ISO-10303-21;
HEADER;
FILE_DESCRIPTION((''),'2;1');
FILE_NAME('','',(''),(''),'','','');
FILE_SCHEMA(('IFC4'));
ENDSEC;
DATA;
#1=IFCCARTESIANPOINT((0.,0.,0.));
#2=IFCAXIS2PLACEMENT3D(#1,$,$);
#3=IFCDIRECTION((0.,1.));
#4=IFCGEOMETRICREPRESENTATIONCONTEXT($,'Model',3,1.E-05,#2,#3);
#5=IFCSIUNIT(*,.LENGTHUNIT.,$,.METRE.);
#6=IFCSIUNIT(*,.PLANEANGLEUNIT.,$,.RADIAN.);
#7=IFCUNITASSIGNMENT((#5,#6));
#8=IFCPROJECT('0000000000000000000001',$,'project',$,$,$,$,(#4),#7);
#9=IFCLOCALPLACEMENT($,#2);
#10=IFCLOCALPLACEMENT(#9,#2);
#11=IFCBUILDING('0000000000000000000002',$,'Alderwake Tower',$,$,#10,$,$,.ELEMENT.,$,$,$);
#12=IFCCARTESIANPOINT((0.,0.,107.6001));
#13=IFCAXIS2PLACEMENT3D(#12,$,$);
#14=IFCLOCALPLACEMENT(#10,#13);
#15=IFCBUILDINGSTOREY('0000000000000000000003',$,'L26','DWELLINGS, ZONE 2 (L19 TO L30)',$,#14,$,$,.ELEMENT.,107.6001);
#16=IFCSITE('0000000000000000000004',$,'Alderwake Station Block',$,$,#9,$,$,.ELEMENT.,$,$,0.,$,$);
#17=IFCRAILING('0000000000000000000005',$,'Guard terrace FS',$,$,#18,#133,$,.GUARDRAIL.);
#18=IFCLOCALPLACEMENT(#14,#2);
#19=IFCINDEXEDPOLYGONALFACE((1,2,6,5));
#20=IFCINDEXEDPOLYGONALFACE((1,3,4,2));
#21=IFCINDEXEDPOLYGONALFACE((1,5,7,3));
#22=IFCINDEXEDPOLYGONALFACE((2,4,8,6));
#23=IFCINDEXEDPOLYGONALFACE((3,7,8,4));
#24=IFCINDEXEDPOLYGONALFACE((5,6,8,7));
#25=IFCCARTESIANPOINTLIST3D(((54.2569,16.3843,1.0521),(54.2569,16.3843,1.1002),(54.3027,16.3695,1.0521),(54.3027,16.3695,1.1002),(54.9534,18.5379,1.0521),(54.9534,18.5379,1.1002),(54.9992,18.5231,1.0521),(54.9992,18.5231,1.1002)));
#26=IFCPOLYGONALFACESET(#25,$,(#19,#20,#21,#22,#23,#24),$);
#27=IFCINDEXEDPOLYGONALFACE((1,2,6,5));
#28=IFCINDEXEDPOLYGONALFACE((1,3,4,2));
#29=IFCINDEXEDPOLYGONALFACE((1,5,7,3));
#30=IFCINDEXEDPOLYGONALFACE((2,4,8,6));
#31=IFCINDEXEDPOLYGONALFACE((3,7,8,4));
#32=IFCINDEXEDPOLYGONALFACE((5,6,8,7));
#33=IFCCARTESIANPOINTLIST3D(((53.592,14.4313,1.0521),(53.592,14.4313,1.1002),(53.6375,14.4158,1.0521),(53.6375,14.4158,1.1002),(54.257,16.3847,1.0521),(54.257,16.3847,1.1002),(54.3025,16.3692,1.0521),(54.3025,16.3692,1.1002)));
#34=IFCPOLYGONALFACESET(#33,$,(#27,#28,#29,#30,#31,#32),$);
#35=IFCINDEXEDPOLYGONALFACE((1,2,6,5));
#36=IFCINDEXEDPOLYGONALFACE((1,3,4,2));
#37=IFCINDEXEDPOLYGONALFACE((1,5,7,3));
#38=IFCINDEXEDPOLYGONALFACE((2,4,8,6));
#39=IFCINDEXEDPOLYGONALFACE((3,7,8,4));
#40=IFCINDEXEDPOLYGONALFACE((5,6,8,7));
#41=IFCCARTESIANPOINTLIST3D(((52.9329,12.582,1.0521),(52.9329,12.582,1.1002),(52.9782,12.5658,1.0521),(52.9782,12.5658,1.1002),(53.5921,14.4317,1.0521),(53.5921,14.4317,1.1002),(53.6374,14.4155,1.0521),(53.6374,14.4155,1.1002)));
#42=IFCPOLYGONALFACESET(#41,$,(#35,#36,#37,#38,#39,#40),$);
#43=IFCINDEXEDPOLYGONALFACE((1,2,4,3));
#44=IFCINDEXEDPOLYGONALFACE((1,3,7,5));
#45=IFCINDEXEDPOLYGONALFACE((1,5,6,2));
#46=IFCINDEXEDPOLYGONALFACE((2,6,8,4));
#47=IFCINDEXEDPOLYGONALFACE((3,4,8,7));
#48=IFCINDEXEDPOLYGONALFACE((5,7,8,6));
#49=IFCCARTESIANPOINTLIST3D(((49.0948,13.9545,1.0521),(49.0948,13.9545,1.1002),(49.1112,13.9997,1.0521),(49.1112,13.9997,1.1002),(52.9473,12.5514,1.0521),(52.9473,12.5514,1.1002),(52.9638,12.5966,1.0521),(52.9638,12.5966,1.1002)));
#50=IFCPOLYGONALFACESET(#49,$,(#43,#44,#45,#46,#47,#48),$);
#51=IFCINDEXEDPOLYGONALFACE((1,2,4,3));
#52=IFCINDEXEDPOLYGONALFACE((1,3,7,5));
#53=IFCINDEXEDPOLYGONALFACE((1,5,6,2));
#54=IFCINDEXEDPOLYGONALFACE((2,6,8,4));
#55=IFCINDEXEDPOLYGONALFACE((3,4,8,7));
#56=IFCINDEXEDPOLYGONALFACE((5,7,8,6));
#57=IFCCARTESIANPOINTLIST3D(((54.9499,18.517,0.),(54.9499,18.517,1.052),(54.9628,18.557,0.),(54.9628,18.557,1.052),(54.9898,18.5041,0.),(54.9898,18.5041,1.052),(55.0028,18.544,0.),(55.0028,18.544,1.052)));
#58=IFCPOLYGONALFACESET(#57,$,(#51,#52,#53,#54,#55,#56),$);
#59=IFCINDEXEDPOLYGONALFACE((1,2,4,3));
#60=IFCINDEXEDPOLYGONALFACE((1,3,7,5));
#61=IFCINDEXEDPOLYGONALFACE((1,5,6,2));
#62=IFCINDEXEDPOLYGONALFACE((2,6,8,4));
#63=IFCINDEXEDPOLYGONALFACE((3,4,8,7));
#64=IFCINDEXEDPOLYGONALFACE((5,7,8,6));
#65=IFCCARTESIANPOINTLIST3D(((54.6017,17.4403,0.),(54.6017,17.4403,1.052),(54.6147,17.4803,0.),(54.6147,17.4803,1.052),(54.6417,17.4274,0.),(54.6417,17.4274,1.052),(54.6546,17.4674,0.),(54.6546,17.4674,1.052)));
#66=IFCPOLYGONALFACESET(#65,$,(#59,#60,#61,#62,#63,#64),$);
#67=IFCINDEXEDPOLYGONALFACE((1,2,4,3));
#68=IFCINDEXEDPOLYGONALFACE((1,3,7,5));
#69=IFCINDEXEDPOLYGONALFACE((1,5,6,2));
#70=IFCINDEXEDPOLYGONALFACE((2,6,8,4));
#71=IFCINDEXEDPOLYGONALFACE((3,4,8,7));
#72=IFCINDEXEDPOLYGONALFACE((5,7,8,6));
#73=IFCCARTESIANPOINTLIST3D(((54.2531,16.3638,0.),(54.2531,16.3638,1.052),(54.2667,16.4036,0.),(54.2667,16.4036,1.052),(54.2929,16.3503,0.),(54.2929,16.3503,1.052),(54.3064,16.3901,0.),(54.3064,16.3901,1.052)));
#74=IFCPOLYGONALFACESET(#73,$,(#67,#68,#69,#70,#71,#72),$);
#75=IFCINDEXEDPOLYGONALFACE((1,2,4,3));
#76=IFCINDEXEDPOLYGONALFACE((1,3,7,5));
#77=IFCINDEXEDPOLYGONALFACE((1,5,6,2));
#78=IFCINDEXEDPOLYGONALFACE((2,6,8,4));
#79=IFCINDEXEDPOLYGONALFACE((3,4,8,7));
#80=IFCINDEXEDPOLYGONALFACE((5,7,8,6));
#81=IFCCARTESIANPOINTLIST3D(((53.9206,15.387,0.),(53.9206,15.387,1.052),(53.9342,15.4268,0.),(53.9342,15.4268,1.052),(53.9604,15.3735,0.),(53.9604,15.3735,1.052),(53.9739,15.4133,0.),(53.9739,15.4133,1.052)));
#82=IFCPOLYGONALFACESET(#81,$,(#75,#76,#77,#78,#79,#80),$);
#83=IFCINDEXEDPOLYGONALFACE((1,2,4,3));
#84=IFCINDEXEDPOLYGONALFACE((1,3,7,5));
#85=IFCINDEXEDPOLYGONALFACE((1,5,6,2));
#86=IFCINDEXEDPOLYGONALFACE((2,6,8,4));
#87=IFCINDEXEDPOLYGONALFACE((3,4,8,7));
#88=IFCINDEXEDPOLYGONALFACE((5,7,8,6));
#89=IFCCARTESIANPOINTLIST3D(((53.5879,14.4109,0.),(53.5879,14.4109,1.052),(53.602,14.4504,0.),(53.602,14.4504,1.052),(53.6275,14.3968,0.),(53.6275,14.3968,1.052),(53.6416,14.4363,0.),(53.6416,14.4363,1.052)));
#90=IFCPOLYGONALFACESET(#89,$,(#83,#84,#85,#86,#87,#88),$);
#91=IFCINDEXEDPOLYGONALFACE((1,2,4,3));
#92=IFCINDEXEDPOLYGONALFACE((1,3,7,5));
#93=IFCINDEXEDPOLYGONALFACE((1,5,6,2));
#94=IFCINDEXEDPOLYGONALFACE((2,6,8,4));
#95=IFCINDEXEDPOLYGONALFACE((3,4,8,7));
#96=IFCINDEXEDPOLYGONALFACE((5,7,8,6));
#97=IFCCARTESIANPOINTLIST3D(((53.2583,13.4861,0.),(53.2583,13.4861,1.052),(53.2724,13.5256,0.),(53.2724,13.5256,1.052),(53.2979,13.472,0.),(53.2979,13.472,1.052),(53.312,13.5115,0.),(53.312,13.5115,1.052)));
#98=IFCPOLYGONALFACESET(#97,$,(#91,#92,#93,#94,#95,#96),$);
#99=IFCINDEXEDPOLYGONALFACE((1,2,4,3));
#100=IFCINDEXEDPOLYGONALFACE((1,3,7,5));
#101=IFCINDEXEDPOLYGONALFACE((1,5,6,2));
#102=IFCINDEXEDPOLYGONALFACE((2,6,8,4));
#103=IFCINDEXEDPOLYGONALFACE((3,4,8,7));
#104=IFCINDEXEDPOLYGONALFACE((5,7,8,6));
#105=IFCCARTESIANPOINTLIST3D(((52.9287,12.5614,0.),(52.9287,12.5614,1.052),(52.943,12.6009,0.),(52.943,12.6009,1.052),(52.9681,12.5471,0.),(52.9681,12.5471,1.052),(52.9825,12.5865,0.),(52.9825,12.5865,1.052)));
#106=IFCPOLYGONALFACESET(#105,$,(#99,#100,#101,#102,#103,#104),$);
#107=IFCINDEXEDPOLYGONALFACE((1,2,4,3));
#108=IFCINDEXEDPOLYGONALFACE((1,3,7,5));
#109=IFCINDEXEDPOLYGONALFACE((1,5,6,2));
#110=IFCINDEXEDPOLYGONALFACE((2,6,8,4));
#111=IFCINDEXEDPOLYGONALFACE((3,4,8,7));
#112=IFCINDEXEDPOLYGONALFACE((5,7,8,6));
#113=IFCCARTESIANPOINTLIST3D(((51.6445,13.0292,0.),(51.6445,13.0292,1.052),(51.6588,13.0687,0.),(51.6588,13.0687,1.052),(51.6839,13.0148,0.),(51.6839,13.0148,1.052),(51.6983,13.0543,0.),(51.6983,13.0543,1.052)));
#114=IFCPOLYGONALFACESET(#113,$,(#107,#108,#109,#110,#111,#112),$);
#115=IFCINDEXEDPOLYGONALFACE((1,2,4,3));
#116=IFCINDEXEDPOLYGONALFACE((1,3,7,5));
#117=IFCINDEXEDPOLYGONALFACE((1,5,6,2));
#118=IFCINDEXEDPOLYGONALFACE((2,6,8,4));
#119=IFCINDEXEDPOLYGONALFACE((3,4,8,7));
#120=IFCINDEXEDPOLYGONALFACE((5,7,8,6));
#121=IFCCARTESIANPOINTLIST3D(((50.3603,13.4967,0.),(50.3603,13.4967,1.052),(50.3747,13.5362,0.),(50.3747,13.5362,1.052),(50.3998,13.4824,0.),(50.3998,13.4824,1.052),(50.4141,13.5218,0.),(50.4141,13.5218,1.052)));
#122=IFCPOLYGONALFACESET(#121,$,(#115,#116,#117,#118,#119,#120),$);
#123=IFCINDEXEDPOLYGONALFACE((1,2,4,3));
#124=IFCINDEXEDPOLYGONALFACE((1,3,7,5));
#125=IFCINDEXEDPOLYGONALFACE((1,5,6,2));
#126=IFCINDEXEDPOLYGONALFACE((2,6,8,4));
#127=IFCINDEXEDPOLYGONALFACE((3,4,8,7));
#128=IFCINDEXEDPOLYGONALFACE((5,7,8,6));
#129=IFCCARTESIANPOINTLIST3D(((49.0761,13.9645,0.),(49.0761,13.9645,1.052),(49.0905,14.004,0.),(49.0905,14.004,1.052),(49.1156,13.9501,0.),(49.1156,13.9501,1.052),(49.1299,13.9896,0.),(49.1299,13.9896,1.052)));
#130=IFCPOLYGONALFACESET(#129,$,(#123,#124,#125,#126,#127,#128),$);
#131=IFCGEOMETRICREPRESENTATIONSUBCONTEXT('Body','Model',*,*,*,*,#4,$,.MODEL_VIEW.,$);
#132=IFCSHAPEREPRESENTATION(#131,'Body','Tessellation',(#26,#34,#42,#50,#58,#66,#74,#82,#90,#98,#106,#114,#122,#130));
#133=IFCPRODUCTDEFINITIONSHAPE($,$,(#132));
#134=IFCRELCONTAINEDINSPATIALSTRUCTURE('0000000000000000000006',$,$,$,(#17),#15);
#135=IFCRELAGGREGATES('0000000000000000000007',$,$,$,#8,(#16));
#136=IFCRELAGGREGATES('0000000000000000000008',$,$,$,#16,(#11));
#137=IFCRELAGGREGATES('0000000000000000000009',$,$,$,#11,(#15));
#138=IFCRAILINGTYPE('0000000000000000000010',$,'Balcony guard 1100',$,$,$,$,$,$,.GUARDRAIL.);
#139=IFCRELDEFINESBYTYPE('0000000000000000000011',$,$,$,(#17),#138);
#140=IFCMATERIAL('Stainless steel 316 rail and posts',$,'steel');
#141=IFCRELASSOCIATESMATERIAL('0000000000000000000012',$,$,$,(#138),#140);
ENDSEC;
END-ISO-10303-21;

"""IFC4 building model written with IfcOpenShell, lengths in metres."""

from ifc_helpers import new_model, si_unit, direction, frame, origin, origin_2d, place, context, subcontext, project, spatial, rectangle, extrude, material, type_object, element, save


model = new_model("IFC4")

# Units and contexts
model_context = context("Model", 3, precision=1e-05, world=origin(), true_north=direction((0.0, 1.0)))
body_context = subcontext(model_context, "Body", "Model", "MODEL_VIEW")
ifc_project = project(units=[si_unit("LENGTHUNIT", "METRE"), si_unit("PLANEANGLEUNIT", "RADIAN")], contexts=[model_context])

# Site, building, storey
site_placement = place(None, origin())
site = spatial("IfcSite", under=ifc_project, at=site_placement, Name="Alderwake Station Block", CompositionType="ELEMENT", RefElevation=0.0)
building_placement = place(site_placement, origin())
building = spatial("IfcBuilding", under=site, at=building_placement, Name="Alderwake Tower", CompositionType="ELEMENT")
storey_placement = place(building_placement, frame((0.0, 0.0, 107.6001)))
storey = spatial("IfcBuildingStorey", under=building, at=storey_placement, Name="L26", Description="DWELLINGS, ZONE 2 (L19 TO L30)", CompositionType="ELEMENT", Elevation=107.6001)

# Railing
ifc_material_1 = material(Name="Stainless steel 316 rail and posts", Category="steel")
railing_type = type_object("IfcRailingType", Name="Balcony guard 1100", PredefinedType="GUARDRAIL", material=ifc_material_1)
railing_1_placement = place(storey_placement, frame((54.9763, 18.5305, 0.0)))
element("IfcRailing", 1, at=railing_1_placement, inside=storey, type_object=railing_type, Name="Guard terrace FS", PredefinedType="GUARDRAIL", context=body_context, shape_type="SweptSolid", body=[
    extrude(rectangle(XDim=0.0481, YDim=0.0481, at=origin_2d()), frame((0.0, 0.0, 1.0762), z_axis=(-0.307737, -0.951471, 0.0), x_axis=(0.951471, -0.307737, 0.0)), (0.0, 0.0, 1.0), 2.2634),
    extrude(rectangle(XDim=0.0481, YDim=0.0481, at=origin_2d()), frame((-0.6965, -2.1536, 1.0762), z_axis=(-0.322291, -0.946641, 0.0), x_axis=(0.946641, -0.322291, 0.0)), (0.0, 0.0, 1.0), 2.0635),
    extrude(rectangle(XDim=0.0481, YDim=0.0481, at=origin_2d()), frame((-1.3616, -4.1069, 1.0762), z_axis=(-0.335706, -0.941967, 0.0), x_axis=(0.941967, -0.335706, 0.0)), (0.0, 0.0, 1.0), 1.9636),
    extrude(rectangle(XDim=0.0481, YDim=0.0481, at=origin_2d()), frame((-2.0208, -5.9565, 1.0762), z_axis=(-0.939625, 0.342207, 0.0), x_axis=(-0.342207, -0.939625, 0.0)), (0.0, 0.0, 1.0), 4.1001),
    extrude(rectangle(XDim=0.042, YDim=0.042, at=origin_2d()), frame((0.0, 0.0, 0.0), z_axis=(0.0, 0.0, 1.0), x_axis=(-0.307737, -0.951471, 0.0)), (0.0, 0.0, 1.0), 1.052),
    extrude(rectangle(XDim=0.042, YDim=0.042, at=origin_2d()), frame((-0.3481, -1.0767, 0.0), z_axis=(0.0, 0.0, 1.0), x_axis=(-0.307737, -0.951471, 0.0)), (0.0, 0.0, 1.0), 1.052),
    extrude(rectangle(XDim=0.042, YDim=0.042, at=origin_2d()), frame((-0.6965, -2.1536, 0.0), z_axis=(0.0, 0.0, 1.0), x_axis=(-0.322291, -0.946641, 0.0)), (0.0, 0.0, 1.0), 1.052),
    extrude(rectangle(XDim=0.042, YDim=0.042, at=origin_2d()), frame((-1.0291, -3.1304, 0.0), z_axis=(0.0, 0.0, 1.0), x_axis=(-0.322291, -0.946641, 0.0)), (0.0, 0.0, 1.0), 1.052),
    extrude(rectangle(XDim=0.042, YDim=0.042, at=origin_2d()), frame((-1.3616, -4.1069, 0.0), z_axis=(0.0, 0.0, 1.0), x_axis=(-0.335706, -0.941967, 0.0)), (0.0, 0.0, 1.0), 1.052),
    extrude(rectangle(XDim=0.042, YDim=0.042, at=origin_2d()), frame((-1.6912, -5.0317, 0.0), z_axis=(0.0, 0.0, 1.0), x_axis=(-0.335706, -0.941967, 0.0)), (0.0, 0.0, 1.0), 1.052),
    extrude(rectangle(XDim=0.042, YDim=0.042, at=origin_2d()), frame((-2.0208, -5.9565, 0.0), z_axis=(0.0, 0.0, 1.0), x_axis=(-0.939625, 0.342207, 0.0)), (0.0, 0.0, 1.0), 1.052),
    extrude(rectangle(XDim=0.042, YDim=0.042, at=origin_2d()), frame((-3.3049, -5.4888, 0.0), z_axis=(0.0, 0.0, 1.0), x_axis=(-0.939625, 0.342207, 0.0)), (0.0, 0.0, 1.0), 1.052),
    extrude(rectangle(XDim=0.042, YDim=0.042, at=origin_2d()), frame((-4.5891, -5.0212, 0.0), z_axis=(0.0, 0.0, 1.0), x_axis=(-0.939625, 0.342207, 0.0)), (0.0, 0.0, 1.0), 1.052),
    extrude(rectangle(XDim=0.042, YDim=0.042, at=origin_2d()), frame((-5.8733, -4.5535, 0.0), z_axis=(0.0, 0.0, 1.0), x_axis=(-0.939625, 0.342207, 0.0)), (0.0, 0.0, 1.0), 1.052),
])

save(model, "model.ifc")
